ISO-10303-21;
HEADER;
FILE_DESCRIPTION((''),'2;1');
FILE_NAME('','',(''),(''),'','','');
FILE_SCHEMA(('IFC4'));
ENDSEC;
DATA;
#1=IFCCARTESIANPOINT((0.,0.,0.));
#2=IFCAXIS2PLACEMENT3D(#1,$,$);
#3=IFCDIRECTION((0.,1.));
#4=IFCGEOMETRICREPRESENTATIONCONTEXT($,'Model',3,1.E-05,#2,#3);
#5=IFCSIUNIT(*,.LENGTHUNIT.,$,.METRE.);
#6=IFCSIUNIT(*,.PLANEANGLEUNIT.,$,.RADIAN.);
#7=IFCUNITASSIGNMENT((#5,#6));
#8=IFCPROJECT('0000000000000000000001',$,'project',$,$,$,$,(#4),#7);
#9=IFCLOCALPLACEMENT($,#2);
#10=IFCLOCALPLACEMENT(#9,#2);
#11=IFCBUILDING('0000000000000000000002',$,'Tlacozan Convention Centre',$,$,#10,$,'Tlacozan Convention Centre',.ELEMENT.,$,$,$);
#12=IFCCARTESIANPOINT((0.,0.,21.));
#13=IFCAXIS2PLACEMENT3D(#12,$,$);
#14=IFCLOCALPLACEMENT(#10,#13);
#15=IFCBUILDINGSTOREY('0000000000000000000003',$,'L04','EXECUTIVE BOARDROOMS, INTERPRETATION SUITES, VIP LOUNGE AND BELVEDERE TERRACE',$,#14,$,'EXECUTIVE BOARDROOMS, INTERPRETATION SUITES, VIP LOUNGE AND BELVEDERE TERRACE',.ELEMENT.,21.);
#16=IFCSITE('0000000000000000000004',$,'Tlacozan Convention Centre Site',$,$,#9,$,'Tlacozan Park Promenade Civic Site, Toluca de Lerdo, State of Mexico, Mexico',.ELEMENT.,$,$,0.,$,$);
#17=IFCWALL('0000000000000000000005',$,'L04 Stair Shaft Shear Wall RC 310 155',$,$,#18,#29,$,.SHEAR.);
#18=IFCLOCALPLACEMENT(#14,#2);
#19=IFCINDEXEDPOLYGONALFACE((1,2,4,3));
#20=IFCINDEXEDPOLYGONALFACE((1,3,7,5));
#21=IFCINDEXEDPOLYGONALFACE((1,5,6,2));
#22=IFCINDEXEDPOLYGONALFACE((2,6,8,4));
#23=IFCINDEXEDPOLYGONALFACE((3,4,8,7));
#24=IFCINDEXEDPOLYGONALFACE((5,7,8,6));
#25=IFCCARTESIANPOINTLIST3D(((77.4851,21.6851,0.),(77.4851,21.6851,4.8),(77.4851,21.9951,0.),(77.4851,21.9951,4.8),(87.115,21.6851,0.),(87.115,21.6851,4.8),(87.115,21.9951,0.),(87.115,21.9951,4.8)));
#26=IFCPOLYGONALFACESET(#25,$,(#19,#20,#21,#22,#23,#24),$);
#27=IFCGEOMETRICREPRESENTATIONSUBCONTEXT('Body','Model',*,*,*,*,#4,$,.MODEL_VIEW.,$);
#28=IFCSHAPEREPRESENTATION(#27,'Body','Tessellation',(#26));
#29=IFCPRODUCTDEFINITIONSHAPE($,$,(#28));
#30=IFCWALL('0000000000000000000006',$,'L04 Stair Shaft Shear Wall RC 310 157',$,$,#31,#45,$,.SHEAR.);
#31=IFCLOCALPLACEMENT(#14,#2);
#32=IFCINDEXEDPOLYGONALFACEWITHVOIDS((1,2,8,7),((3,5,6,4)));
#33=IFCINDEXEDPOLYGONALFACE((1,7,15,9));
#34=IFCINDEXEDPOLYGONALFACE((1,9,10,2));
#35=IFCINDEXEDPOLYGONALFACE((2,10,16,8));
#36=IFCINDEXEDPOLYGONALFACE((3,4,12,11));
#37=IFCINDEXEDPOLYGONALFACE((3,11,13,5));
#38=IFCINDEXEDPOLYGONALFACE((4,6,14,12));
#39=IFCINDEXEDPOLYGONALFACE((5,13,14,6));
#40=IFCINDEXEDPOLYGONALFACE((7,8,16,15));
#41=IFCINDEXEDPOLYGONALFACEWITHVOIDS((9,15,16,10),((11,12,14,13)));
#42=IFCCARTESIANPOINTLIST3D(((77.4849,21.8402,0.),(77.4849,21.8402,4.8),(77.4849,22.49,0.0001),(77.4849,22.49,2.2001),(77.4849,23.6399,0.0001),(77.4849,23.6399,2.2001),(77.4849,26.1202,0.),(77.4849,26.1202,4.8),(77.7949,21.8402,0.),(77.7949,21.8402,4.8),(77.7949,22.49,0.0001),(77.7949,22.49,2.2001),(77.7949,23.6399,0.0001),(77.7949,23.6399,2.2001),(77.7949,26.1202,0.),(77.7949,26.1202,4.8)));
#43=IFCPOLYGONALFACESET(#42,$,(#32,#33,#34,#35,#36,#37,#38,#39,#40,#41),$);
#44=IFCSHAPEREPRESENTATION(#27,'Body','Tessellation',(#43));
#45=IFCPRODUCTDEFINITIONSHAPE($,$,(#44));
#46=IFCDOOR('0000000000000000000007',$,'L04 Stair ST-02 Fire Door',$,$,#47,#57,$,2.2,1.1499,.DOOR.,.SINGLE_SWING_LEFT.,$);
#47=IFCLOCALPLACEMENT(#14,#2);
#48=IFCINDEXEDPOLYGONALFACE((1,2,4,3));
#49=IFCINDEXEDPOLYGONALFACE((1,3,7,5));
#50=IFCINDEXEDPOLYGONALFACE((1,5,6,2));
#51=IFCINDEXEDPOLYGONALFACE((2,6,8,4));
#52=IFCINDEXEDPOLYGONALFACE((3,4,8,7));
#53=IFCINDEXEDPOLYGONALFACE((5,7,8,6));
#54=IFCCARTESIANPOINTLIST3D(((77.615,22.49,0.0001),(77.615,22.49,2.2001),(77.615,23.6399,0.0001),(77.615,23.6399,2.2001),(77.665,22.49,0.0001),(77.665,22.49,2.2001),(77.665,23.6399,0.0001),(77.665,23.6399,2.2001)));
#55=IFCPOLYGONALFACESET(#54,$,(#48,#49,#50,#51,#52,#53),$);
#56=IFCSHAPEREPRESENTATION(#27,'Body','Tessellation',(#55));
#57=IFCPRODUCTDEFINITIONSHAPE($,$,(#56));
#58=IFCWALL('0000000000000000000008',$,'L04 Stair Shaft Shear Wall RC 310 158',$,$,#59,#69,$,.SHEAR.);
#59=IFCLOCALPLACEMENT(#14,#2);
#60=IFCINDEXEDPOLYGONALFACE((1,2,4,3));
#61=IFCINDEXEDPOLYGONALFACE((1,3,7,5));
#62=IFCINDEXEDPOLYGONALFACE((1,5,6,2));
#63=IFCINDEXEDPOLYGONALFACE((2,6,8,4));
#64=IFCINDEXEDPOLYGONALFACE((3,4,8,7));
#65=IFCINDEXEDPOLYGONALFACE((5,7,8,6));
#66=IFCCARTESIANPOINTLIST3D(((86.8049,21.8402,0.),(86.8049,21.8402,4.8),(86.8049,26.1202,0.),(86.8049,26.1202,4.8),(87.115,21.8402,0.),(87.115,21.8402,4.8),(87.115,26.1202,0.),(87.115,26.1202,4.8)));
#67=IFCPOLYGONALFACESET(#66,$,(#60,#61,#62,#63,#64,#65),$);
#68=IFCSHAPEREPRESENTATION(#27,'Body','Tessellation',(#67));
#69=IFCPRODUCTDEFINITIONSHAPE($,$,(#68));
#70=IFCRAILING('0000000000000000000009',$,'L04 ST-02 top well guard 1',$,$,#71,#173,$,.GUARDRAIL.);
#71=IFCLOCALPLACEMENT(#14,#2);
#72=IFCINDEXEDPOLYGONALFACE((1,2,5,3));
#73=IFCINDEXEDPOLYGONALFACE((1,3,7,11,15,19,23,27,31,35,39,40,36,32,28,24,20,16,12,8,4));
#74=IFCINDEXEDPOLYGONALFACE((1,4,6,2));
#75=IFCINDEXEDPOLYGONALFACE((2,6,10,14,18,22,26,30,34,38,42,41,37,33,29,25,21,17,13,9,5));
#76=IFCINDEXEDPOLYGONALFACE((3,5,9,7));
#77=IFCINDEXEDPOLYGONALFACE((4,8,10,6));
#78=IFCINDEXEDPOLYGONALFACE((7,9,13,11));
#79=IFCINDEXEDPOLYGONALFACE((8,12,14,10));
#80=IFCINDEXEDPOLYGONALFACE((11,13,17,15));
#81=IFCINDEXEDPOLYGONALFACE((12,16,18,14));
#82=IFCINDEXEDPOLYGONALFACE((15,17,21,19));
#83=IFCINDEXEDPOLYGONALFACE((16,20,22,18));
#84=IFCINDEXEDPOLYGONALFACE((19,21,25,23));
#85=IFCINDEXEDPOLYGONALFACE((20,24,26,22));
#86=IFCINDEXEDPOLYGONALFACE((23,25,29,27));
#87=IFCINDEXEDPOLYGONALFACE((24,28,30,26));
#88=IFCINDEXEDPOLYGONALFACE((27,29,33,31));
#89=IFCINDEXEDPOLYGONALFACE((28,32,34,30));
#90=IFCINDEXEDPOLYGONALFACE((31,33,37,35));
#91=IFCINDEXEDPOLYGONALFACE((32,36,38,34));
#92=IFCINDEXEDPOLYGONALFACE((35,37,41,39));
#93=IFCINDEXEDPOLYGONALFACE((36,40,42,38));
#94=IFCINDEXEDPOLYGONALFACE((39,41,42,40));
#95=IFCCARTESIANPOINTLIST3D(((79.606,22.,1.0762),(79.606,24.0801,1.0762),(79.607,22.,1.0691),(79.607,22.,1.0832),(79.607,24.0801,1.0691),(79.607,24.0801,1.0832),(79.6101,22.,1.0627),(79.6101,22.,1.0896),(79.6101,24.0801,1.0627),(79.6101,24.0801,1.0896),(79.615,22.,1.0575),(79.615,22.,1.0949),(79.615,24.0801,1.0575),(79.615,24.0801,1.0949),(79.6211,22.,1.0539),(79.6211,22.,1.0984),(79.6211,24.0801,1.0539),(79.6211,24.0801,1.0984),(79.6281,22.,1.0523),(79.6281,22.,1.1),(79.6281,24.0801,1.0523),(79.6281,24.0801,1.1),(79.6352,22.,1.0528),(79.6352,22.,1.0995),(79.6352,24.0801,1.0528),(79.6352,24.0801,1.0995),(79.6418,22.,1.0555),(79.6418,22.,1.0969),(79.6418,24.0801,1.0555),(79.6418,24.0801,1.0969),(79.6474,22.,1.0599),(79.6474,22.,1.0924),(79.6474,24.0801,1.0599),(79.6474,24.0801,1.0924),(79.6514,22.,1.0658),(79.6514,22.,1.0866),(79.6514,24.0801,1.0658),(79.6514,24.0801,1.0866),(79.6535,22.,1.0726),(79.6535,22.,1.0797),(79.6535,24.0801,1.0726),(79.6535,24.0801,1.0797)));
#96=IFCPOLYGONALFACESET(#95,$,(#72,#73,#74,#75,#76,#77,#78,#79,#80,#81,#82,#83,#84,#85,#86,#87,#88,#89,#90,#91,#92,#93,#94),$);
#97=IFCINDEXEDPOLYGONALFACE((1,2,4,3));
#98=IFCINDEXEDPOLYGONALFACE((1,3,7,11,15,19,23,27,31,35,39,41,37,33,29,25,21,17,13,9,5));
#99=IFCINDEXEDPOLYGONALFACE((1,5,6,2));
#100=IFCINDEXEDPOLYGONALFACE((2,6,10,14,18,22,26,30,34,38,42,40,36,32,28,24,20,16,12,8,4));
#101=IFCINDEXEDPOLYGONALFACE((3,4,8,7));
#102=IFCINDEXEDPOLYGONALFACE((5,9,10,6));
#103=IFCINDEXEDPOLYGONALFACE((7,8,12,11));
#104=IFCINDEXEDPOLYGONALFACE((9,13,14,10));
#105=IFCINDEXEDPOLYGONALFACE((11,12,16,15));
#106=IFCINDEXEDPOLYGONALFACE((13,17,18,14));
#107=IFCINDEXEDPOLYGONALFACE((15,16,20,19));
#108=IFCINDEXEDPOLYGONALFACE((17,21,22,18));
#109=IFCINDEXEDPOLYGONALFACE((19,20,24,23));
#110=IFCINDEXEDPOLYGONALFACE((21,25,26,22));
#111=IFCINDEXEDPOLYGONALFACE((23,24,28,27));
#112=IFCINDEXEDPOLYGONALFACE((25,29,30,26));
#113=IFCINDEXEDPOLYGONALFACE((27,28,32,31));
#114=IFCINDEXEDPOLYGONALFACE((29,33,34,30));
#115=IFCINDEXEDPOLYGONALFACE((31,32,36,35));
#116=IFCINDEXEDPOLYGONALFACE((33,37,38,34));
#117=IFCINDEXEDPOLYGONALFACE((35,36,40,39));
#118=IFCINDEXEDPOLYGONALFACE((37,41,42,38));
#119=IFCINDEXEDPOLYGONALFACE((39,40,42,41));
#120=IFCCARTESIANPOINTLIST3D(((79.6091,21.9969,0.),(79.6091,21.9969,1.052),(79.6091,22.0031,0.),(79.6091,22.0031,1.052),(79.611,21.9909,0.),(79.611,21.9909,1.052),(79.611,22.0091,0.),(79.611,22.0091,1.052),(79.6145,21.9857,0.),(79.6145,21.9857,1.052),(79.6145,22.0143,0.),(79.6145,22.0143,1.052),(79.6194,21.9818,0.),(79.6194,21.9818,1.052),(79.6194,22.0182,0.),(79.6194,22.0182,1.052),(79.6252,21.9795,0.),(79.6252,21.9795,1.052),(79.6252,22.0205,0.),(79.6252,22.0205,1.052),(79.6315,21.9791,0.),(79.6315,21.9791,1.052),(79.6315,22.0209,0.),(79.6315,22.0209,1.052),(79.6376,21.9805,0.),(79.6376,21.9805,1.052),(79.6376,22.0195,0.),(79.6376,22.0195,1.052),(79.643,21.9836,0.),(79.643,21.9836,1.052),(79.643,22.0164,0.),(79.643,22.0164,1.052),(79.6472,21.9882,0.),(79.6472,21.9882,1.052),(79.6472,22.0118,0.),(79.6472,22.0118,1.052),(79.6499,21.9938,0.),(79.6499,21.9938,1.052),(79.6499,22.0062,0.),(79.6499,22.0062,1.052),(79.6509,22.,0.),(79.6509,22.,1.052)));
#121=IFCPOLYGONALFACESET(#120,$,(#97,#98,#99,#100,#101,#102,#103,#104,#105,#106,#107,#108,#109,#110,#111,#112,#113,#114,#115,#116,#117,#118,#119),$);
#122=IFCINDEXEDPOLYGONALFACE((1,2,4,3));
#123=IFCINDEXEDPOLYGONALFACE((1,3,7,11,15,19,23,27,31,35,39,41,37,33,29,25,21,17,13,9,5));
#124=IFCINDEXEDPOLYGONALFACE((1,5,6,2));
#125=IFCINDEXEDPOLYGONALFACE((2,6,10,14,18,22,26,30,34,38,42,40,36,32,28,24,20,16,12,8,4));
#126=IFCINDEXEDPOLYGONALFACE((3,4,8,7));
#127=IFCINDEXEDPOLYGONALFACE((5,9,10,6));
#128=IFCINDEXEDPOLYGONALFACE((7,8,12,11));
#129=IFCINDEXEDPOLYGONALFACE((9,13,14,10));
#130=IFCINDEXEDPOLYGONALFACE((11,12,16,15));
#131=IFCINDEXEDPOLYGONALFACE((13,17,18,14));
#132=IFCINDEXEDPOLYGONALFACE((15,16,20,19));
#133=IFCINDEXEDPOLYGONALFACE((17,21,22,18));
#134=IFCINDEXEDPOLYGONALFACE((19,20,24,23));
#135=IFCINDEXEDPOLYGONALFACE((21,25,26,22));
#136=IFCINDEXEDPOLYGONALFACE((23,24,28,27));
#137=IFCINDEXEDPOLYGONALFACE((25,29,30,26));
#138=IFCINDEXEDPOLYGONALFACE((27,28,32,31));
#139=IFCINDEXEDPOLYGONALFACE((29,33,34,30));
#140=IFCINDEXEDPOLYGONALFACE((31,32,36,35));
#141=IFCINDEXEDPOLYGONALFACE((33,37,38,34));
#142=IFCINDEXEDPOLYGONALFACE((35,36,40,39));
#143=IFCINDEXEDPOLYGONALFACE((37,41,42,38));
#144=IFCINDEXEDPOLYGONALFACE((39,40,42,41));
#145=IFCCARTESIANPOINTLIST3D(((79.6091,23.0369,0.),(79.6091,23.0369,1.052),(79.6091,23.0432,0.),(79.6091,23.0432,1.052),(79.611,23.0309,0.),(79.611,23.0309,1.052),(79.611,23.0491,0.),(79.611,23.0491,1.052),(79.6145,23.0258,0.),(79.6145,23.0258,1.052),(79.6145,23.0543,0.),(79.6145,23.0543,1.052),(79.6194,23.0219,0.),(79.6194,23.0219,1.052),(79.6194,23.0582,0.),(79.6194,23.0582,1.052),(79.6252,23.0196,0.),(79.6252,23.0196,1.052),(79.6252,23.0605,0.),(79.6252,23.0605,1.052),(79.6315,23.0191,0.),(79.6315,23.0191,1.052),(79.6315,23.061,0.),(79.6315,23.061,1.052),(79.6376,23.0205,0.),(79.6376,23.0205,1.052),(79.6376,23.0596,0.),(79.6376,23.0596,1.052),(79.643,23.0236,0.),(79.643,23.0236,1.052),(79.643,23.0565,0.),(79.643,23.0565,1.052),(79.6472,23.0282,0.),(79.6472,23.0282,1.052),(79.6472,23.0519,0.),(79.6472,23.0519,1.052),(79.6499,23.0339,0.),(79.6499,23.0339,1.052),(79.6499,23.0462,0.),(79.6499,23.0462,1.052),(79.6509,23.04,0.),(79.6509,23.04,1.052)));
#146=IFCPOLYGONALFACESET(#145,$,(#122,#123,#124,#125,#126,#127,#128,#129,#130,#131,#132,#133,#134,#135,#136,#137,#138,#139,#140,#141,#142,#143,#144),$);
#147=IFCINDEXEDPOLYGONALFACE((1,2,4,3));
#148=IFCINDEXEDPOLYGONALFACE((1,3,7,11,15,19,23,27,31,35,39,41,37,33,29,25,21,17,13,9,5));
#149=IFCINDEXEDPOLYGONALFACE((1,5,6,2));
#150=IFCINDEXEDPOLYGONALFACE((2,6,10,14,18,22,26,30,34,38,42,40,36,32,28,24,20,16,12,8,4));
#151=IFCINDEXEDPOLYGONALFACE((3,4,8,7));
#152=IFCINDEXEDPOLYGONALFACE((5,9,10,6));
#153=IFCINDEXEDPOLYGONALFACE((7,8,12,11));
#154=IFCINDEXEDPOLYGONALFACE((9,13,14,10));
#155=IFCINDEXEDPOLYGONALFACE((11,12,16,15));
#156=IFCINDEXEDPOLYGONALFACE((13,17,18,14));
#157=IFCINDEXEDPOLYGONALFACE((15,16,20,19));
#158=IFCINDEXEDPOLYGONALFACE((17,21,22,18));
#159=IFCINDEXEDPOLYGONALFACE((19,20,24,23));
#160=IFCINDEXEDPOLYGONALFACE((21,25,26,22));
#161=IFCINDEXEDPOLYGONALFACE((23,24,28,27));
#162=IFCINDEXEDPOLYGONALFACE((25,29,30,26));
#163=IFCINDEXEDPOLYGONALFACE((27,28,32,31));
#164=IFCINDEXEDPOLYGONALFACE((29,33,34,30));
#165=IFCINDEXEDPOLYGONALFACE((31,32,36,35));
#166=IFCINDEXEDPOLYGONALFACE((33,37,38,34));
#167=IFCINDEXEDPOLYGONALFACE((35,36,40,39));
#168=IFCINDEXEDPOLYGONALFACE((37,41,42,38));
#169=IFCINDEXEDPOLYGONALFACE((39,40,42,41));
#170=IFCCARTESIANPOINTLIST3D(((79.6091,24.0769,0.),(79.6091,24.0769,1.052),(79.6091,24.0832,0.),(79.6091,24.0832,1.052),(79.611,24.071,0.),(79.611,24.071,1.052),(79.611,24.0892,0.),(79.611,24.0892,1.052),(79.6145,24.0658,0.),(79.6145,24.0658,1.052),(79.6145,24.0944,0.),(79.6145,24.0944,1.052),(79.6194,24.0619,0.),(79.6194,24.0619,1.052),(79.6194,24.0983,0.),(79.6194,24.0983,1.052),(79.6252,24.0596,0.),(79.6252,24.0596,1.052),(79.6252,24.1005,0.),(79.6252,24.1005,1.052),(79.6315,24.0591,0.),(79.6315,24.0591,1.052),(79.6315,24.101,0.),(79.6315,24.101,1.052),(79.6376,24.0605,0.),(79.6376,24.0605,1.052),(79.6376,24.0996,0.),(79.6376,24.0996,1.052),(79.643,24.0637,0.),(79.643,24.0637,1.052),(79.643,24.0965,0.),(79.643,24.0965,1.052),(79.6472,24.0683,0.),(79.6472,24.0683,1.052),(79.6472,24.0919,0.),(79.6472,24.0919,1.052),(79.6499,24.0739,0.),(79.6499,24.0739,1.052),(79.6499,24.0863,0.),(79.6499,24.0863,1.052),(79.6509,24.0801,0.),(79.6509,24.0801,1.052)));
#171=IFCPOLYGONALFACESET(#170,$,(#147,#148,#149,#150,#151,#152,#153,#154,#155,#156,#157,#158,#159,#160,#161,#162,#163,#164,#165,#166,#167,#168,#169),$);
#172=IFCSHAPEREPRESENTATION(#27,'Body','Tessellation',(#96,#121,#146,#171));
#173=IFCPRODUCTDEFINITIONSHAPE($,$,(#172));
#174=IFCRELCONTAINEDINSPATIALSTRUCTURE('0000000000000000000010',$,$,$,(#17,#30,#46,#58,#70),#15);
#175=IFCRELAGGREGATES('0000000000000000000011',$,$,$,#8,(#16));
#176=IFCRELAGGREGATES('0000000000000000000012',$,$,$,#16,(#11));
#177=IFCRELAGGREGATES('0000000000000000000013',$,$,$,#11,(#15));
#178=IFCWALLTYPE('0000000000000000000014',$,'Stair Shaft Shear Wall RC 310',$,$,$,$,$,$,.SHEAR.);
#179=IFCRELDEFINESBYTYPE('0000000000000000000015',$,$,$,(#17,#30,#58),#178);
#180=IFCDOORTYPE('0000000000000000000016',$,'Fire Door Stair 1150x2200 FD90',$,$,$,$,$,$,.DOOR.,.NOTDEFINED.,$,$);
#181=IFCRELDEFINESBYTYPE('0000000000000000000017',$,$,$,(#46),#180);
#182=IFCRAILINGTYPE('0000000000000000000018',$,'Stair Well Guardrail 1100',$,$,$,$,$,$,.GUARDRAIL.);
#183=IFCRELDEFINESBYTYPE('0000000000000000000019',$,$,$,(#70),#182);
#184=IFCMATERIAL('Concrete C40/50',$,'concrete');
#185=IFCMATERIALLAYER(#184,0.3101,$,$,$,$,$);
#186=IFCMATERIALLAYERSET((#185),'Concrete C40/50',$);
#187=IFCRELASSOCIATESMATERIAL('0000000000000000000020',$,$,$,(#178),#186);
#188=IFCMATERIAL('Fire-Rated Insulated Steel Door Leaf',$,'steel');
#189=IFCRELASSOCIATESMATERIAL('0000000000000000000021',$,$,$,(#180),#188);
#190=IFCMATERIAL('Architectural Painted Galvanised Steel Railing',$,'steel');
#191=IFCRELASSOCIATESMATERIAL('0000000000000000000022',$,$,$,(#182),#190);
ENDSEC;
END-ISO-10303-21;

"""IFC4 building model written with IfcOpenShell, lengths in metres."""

from ifc_helpers import new_model, si_unit, direction, frame, frame_2d, origin, origin_2d, place, context, subcontext, project, spatial, rectangle, circle, extrude, material, layer, layer_set, type_object, element, fill, save


model = new_model("IFC4")

# Units and contexts
model_context = context("Model", 3, precision=1e-05, world=origin(), true_north=direction((0.0, 1.0)))
body_context = subcontext(model_context, "Body", "Model", "MODEL_VIEW")
ifc_project = project(units=[si_unit("LENGTHUNIT", "METRE"), si_unit("PLANEANGLEUNIT", "RADIAN")], contexts=[model_context])

# Site, building, storey
site_placement = place(None, origin())
site = spatial("IfcSite", under=ifc_project, at=site_placement, Name="Tlacozan Convention Centre Site", LongName="Tlacozan Park Promenade Civic Site, Toluca de Lerdo, State of Mexico, Mexico", CompositionType="ELEMENT", RefElevation=0.0)
building_placement = place(site_placement, origin())
building = spatial("IfcBuilding", under=site, at=building_placement, Name="Tlacozan Convention Centre", LongName="Tlacozan Convention Centre", CompositionType="ELEMENT")
storey_placement = place(building_placement, frame((0.0, 0.0, 21.0)))
storey = spatial("IfcBuildingStorey", under=building, at=storey_placement, Name="L04", Description="EXECUTIVE BOARDROOMS, INTERPRETATION SUITES, VIP LOUNGE AND BELVEDERE TERRACE", LongName="EXECUTIVE BOARDROOMS, INTERPRETATION SUITES, VIP LOUNGE AND BELVEDERE TERRACE", CompositionType="ELEMENT", Elevation=21.0)

# Shared definitions
ifc_material_1 = material(Name="Concrete C40/50", Category="concrete")

# Shared definitions
ifc_material_2 = material(Name="Fire-Rated Insulated Steel Door Leaf", Category="steel")

# Wall
ifc_layer_1 = layer(ifc_material_1, 0.3101)
ifc_layer_set_1 = layer_set([ifc_layer_1], Name="Concrete C40/50")
wall_type_1 = type_object("IfcWallType", Name="Stair Shaft Shear Wall RC 310", PredefinedType="SHEAR", material=ifc_layer_set_1)
wall_1_placement = place(storey_placement, frame((77.4851, 21.8401, 0.0), z_axis=(0.0, 0.0, 1.0), x_axis=(1.0, 0.0, 0.0)))
element("IfcWall", 1, at=wall_1_placement, inside=storey, type_object=wall_type_1, Name="L04 Stair Shaft Shear Wall RC 310 155", PredefinedType="SHEAR", context=body_context, shape_type="SweptSolid", body=[
    extrude(rectangle(XDim=9.6299, YDim=0.3101, at=frame_2d((4.8149, 0.0))), origin(), (0.0, 0.0, 1.0), 4.8),
])

# Wall, opening, door
wall_2_placement = place(storey_placement, frame((77.6399, 21.8401, 0.0), z_axis=(0.0, 0.0, 1.0), x_axis=(0.0, 1.0, 0.0)))
wall_2 = element("IfcWall", 2, at=wall_2_placement, inside=storey, type_object=wall_type_1, Name="L04 Stair Shaft Shear Wall RC 310 157", PredefinedType="SHEAR", context=body_context, shape_type="SweptSolid", body=[
    extrude(rectangle(XDim=4.28, YDim=0.3101, at=frame_2d((2.1401, 0.0))), origin(), (0.0, 0.0, 1.0), 4.8),
])
opening_1_placement = place(wall_2_placement, frame((0.6499, 0.0, 0.0)))
opening_1 = element("IfcOpeningElement", 3, at=opening_1_placement, cuts=wall_2, PredefinedType="OPENING", context=body_context, shape_type="SweptSolid", body=[
    extrude(rectangle(XDim=1.1499, YDim=2.2, at=frame_2d((0.575, 1.1001))), frame((0.0, 0.165, 0.0), z_axis=(0.0, -1.0, 0.0), x_axis=(1.0, 0.0, 0.0)), (0.0, 0.0, 1.0), 0.3301),
])
door_type_1 = type_object("IfcDoorType", Name="Fire Door Stair 1150x2200 FD90", OperationType="NOTDEFINED", PredefinedType="DOOR", material=ifc_material_2)
door_1_placement = place(opening_1_placement, origin())
door_1 = element("IfcDoor", 4, at=door_1_placement, inside=storey, type_object=door_type_1, Name="L04 Stair ST-02 Fire Door", OperationType="SINGLE_SWING_LEFT", OverallHeight=2.2, OverallWidth=1.1499, PredefinedType="DOOR", context=body_context, shape_type="SweptSolid", body=[
    extrude(rectangle(XDim=1.1499, YDim=2.2, at=frame_2d((0.575, 1.1001))), frame((0.0, 0.0249, 0.0), z_axis=(0.0, -1.0, 0.0), x_axis=(1.0, 0.0, 0.0)), (0.0, 0.0, 1.0), 0.05),
])
fill(opening_1, door_1)

# Wall
wall_3_placement = place(storey_placement, frame((86.96, 21.8401, 0.0), z_axis=(0.0, 0.0, 1.0), x_axis=(0.0, 1.0, 0.0)))
element("IfcWall", 5, at=wall_3_placement, inside=storey, type_object=wall_type_1, Name="L04 Stair Shaft Shear Wall RC 310 158", PredefinedType="SHEAR", context=body_context, shape_type="SweptSolid", body=[
    extrude(rectangle(XDim=4.28, YDim=0.3101, at=frame_2d((2.1401, 0.0))), origin(), (0.0, 0.0, 1.0), 4.8),
])

# Railing
ifc_material_3 = material(Name="Architectural Painted Galvanised Steel Railing", Category="steel")
railing_type = type_object("IfcRailingType", Name="Stair Well Guardrail 1100", PredefinedType="GUARDRAIL", material=ifc_material_3)
railing_placement = place(storey_placement, frame((79.6299, 22.0, 0.0)))
element("IfcRailing", 6, at=railing_placement, inside=storey, type_object=railing_type, Name="L04 ST-02 top well guard 1", PredefinedType="GUARDRAIL", context=body_context, shape_type="SweptSolid", body=[
    extrude(circle(Radius=0.0239, at=origin_2d()), frame((0.0, 0.0, 1.0762), z_axis=(0.0, 1.0, 0.0), x_axis=(-1.0, 0.0, 0.0)), (0.0, 0.0, 1.0), 2.0801),
    extrude(circle(Radius=0.021, at=origin_2d()), origin(), (0.0, 0.0, 1.0), 1.052),
    extrude(circle(Radius=0.021, at=origin_2d()), frame((0.0, 1.04, 0.0)), (0.0, 0.0, 1.0), 1.052),
    extrude(circle(Radius=0.021, at=origin_2d()), frame((0.0, 2.0801, 0.0)), (0.0, 0.0, 1.0), 1.052),
])

save(model, "model.ifc")
